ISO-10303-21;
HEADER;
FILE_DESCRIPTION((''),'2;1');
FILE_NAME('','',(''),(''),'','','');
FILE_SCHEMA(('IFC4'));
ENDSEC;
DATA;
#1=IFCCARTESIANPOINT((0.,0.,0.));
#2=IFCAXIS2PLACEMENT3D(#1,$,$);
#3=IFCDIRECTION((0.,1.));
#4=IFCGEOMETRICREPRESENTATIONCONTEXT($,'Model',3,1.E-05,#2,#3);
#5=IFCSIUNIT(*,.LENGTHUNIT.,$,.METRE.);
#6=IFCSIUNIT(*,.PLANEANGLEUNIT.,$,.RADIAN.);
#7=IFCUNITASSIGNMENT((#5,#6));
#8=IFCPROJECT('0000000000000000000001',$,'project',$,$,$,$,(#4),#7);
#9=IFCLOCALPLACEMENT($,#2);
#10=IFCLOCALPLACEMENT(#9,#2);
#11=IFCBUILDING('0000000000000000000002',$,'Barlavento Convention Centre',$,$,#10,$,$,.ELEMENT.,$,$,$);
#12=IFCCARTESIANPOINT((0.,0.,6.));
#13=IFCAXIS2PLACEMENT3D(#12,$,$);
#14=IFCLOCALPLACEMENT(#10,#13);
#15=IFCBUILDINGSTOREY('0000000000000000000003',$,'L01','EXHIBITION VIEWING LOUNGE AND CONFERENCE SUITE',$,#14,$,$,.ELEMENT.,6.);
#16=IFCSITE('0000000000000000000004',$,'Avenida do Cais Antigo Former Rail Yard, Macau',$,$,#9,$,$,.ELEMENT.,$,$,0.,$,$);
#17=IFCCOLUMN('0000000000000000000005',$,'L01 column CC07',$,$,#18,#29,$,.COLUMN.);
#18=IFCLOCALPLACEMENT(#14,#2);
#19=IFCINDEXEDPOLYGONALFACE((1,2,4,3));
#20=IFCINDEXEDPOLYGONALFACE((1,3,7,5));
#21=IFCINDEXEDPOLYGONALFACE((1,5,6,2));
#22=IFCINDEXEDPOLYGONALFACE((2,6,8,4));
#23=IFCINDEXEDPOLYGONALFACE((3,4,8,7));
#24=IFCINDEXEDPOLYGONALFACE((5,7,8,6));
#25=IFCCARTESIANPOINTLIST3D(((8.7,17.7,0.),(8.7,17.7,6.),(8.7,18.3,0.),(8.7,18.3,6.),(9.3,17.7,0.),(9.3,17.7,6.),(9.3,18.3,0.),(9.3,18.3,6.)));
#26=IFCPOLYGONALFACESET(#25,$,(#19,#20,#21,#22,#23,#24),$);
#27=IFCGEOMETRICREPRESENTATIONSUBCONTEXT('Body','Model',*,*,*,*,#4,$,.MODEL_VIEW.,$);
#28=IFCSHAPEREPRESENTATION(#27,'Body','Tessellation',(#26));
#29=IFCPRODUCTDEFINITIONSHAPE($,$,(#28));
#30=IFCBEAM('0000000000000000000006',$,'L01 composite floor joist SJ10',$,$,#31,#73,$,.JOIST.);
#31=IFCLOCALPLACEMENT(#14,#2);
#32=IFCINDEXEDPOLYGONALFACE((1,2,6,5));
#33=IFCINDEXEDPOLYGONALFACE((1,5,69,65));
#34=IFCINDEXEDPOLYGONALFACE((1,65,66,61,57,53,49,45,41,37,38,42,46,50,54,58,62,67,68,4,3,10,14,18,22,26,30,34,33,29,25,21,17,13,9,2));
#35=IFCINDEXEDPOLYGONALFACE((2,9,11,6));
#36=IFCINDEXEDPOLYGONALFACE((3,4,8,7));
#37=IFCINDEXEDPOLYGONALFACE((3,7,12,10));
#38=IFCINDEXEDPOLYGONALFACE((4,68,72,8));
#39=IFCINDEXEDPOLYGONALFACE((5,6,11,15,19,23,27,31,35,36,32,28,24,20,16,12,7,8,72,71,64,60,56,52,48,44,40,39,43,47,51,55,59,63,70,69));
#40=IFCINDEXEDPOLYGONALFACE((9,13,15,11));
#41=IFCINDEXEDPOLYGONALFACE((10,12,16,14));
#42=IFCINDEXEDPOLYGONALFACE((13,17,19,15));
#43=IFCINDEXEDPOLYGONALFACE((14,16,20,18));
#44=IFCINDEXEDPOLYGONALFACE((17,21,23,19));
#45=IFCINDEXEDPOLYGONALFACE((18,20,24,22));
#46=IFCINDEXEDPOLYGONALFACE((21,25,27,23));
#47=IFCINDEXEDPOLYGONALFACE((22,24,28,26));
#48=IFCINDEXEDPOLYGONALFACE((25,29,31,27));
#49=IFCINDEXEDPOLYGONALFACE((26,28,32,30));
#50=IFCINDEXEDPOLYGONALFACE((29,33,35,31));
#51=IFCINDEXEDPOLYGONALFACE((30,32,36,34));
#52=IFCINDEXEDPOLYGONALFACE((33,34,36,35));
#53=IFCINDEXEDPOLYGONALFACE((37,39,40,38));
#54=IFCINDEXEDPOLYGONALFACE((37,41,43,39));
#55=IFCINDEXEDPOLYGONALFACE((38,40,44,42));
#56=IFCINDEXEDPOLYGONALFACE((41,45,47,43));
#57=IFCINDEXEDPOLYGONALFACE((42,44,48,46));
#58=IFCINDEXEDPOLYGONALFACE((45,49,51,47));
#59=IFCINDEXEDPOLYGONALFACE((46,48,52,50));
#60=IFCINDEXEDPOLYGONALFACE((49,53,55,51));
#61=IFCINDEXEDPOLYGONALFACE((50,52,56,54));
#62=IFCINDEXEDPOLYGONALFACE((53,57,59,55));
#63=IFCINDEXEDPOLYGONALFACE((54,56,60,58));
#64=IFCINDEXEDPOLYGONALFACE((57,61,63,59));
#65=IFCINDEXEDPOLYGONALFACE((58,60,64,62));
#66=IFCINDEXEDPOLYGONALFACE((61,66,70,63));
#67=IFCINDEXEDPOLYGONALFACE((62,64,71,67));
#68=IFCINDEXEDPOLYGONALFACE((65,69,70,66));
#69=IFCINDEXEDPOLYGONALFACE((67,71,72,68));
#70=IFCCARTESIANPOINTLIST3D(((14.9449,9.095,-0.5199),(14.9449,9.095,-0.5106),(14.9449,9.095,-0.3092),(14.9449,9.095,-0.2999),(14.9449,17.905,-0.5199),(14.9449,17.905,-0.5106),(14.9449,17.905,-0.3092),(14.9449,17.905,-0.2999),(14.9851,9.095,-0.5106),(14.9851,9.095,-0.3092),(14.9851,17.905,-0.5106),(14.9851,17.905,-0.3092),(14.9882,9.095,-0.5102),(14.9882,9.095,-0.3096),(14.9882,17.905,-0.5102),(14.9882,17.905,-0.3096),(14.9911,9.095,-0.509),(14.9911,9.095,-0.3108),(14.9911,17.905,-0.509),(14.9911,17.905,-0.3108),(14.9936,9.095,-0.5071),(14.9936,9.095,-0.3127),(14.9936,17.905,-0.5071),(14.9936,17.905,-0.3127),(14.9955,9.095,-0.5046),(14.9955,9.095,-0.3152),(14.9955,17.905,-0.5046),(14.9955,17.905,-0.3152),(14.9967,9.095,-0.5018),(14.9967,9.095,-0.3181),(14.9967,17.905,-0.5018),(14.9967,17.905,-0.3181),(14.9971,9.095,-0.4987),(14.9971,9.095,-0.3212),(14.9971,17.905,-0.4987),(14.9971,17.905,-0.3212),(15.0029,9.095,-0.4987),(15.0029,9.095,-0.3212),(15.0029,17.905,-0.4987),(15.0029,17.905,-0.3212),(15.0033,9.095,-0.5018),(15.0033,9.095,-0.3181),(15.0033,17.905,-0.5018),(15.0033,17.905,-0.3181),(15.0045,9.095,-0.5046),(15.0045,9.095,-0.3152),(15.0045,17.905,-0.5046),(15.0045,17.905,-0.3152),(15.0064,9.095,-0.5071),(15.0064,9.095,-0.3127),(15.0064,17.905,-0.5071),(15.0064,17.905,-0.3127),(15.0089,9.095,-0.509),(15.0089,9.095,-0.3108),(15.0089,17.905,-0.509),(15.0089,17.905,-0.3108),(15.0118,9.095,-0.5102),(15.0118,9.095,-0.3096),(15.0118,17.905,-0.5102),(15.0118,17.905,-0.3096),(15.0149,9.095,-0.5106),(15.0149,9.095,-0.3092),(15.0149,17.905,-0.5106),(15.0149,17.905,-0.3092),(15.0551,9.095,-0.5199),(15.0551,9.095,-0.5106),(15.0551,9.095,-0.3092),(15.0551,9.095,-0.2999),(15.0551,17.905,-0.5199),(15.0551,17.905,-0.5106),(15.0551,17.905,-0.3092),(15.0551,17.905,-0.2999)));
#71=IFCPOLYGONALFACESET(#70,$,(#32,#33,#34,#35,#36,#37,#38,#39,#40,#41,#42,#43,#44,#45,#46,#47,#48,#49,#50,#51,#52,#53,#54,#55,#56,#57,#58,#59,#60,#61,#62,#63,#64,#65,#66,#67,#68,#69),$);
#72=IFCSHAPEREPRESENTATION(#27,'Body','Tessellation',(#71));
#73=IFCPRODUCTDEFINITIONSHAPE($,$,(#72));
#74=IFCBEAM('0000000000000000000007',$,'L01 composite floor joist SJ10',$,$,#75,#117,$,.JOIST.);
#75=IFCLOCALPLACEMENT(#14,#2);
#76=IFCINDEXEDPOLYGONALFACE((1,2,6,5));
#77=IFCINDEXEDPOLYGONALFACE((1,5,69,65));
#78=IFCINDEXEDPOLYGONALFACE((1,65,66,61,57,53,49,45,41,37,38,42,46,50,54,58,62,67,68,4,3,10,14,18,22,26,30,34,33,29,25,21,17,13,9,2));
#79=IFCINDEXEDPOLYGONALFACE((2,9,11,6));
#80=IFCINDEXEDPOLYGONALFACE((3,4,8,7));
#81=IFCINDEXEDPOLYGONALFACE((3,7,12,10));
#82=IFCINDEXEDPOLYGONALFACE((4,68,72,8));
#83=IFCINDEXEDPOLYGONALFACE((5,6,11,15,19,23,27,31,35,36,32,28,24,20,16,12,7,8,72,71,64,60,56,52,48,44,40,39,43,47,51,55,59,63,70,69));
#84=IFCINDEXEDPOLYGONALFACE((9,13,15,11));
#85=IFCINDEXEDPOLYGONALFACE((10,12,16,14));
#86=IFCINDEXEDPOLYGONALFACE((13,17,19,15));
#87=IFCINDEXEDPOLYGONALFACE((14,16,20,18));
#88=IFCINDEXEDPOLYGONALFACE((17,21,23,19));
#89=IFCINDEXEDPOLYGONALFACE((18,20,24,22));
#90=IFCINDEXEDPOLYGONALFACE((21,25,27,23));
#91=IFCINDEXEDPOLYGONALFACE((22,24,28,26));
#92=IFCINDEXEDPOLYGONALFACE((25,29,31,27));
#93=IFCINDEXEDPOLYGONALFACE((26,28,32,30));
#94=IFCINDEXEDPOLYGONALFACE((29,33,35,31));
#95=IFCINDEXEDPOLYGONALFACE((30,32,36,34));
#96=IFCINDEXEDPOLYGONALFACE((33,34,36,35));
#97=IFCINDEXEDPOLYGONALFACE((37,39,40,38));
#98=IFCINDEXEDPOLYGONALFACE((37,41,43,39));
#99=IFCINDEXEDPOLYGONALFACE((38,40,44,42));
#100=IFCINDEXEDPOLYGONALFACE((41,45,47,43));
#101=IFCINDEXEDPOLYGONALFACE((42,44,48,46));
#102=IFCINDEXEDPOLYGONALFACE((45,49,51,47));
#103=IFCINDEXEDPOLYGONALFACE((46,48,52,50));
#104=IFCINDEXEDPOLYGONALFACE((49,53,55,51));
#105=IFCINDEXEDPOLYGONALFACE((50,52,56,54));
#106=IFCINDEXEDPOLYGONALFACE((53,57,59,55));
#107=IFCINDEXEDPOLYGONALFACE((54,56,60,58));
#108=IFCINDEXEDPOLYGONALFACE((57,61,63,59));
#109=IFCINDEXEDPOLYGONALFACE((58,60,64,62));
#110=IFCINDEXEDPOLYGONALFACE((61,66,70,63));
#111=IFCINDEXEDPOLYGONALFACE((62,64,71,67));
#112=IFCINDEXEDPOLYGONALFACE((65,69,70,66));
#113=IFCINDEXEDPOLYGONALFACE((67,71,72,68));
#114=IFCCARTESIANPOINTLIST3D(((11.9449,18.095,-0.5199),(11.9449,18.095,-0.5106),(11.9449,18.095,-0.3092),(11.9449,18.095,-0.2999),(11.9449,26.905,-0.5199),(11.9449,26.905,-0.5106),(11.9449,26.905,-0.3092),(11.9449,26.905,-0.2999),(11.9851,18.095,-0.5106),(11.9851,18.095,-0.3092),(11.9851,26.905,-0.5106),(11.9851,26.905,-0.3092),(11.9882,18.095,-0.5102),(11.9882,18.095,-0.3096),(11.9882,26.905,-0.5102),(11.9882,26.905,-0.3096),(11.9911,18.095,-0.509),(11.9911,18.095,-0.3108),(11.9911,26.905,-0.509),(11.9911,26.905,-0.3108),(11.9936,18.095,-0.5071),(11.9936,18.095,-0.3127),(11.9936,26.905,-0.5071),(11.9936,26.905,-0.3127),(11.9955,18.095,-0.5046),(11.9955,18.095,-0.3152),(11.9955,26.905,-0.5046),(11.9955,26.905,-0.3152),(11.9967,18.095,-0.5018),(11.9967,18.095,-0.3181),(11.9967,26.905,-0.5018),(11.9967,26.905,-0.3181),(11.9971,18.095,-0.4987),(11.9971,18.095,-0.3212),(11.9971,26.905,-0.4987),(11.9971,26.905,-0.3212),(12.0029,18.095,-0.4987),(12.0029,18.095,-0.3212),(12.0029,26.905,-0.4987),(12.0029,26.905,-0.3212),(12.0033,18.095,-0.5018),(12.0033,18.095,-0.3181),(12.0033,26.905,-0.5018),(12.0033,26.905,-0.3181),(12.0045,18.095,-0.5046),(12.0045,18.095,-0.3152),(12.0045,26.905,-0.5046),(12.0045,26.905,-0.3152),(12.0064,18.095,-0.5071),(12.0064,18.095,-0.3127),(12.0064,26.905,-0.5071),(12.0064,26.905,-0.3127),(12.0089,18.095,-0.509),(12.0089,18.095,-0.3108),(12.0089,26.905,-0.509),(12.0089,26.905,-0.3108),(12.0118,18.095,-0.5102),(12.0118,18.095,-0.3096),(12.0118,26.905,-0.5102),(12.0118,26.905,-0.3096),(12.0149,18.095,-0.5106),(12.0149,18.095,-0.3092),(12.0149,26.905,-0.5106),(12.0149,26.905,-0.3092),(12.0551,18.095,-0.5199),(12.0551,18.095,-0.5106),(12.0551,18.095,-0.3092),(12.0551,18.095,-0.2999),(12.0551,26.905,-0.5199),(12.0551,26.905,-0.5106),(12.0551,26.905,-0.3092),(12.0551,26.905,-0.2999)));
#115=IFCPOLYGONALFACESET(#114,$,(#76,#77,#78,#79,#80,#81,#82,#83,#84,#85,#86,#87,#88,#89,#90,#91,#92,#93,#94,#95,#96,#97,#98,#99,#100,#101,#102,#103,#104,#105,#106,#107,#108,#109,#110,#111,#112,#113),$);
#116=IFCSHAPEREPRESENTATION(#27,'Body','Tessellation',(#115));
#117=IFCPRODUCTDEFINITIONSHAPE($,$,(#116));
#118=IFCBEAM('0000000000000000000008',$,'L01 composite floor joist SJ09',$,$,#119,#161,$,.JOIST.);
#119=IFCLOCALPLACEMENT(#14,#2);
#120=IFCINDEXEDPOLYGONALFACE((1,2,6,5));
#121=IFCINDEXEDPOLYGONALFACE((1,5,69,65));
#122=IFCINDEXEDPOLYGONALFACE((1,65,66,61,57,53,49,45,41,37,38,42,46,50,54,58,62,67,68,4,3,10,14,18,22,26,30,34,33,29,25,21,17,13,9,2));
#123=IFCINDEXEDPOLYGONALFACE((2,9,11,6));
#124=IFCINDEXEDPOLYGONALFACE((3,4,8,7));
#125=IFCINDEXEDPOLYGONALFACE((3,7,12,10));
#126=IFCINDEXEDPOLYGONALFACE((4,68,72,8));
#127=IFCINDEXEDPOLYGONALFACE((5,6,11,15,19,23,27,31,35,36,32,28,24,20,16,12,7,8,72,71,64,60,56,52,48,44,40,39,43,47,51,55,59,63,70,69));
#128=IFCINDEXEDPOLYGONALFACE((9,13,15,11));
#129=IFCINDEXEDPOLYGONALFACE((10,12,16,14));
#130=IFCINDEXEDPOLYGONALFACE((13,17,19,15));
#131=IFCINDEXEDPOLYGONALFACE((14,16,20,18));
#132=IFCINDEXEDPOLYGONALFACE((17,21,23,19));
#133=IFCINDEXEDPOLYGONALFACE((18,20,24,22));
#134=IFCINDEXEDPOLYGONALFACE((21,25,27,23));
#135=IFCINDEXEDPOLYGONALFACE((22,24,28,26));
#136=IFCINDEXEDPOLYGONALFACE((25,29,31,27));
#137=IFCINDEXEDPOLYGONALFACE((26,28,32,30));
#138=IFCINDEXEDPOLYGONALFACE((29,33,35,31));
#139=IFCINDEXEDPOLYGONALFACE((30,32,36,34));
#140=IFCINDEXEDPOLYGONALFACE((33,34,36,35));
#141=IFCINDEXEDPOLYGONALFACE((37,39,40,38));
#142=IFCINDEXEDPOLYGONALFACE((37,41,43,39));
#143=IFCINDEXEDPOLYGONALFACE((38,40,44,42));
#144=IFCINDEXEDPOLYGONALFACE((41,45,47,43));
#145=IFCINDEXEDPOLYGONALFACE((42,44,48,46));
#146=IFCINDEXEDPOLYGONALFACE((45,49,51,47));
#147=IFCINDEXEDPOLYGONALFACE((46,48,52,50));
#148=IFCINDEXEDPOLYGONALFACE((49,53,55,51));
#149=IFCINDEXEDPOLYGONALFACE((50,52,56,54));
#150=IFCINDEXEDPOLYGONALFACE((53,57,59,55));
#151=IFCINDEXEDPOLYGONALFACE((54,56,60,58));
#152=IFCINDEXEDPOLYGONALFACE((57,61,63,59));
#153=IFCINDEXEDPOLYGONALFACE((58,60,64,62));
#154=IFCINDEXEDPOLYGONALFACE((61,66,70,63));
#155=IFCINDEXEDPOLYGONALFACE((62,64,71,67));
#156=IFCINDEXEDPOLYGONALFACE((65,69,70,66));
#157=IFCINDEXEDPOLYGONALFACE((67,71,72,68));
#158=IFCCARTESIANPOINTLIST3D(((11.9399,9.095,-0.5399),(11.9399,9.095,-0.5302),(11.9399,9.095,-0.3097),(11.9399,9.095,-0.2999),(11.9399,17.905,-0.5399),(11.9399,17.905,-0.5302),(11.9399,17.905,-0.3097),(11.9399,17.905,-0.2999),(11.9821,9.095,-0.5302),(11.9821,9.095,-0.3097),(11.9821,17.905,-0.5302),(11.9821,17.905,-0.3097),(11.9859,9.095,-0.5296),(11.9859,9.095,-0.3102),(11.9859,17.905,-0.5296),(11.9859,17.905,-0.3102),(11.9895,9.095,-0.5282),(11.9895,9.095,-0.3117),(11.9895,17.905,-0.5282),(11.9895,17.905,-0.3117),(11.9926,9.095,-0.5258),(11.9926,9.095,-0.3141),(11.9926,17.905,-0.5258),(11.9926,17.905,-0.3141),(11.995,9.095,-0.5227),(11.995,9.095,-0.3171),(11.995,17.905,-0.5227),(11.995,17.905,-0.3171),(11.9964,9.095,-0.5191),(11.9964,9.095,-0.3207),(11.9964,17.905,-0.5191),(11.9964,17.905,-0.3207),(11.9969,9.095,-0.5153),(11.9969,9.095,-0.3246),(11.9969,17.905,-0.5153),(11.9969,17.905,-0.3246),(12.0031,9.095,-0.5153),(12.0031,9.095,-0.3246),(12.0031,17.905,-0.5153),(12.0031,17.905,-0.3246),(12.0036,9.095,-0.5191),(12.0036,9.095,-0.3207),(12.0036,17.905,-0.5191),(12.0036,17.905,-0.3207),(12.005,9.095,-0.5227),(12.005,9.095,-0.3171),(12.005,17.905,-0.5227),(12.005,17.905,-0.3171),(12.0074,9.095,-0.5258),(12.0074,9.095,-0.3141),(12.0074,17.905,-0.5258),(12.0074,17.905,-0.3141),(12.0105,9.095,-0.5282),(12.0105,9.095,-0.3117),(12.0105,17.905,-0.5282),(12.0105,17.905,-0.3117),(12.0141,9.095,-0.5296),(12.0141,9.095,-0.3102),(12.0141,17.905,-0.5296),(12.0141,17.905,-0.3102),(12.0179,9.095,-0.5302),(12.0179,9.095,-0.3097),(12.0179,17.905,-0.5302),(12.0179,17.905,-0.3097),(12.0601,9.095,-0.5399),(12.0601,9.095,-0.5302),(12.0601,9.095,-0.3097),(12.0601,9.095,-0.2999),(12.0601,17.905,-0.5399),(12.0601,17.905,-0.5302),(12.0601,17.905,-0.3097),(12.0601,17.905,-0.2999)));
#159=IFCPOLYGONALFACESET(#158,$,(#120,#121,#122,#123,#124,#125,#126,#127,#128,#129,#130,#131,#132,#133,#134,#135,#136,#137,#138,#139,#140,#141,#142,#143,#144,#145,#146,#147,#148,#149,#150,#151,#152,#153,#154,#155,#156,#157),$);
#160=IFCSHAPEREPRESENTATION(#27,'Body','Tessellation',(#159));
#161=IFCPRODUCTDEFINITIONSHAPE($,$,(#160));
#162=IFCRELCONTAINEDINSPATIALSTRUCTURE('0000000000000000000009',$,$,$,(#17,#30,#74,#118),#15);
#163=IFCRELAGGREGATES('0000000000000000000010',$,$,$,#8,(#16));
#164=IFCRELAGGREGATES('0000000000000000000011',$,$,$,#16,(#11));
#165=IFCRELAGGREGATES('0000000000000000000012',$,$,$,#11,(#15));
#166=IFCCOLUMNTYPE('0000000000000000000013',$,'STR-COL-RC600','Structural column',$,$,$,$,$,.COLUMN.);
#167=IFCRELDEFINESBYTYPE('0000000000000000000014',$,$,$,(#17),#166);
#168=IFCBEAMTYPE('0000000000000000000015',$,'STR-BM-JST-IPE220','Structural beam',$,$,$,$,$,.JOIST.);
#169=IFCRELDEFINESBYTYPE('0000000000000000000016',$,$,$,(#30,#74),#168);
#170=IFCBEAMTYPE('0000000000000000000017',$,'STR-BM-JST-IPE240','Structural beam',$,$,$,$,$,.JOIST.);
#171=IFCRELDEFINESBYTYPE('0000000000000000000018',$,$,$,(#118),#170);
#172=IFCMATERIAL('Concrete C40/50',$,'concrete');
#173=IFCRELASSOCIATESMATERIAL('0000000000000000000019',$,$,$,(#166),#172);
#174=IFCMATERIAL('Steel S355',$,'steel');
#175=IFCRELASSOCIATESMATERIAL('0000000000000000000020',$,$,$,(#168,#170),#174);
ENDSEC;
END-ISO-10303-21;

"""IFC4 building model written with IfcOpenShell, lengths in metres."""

from ifc_helpers import new_model, si_unit, direction, frame, origin, origin_2d, place, context, subcontext, project, spatial, rectangle, i_section, extrude, material, material_profile, profile_set, type_object, element, save


model = new_model("IFC4")

# Units and contexts
model_context = context("Model", 3, precision=1e-05, world=origin(), true_north=direction((0.0, 1.0)))
body_context = subcontext(model_context, "Body", "Model", "MODEL_VIEW")
ifc_project = project(units=[si_unit("LENGTHUNIT", "METRE"), si_unit("PLANEANGLEUNIT", "RADIAN")], contexts=[model_context])

# Site, building, storey
site_placement = place(None, origin())
site = spatial("IfcSite", under=ifc_project, at=site_placement, Name="Avenida do Cais Antigo Former Rail Yard, Macau", CompositionType="ELEMENT", RefElevation=0.0)
building_placement = place(site_placement, origin())
building = spatial("IfcBuilding", under=site, at=building_placement, Name="Barlavento Convention Centre", CompositionType="ELEMENT")
storey_placement = place(building_placement, frame((0.0, 0.0, 6.0)))
storey = spatial("IfcBuildingStorey", under=building, at=storey_placement, Name="L01", Description="EXHIBITION VIEWING LOUNGE AND CONFERENCE SUITE", CompositionType="ELEMENT", Elevation=6.0)

# Column
ifc_material_1 = material(Name="Concrete C40/50", Category="concrete")
ifc_material_profile_1 = material_profile(ifc_material_1, rectangle(XDim=0.6001, YDim=0.6001, at=origin_2d()), Name="RC 600x600")
ifc_profile_set_1 = profile_set([ifc_material_profile_1], Name="Concrete C40/50")
column_type = type_object("IfcColumnType", Name="STR-COL-RC600", Description="Structural column", PredefinedType="COLUMN", material=ifc_profile_set_1)
column_placement = place(storey_placement, frame((9.0, 18.0, 0.0), z_axis=(0.0, 0.0, 1.0), x_axis=(1.0, 0.0, 0.0)))
element("IfcColumn", 1, at=column_placement, inside=storey, type_object=column_type, Name="L01 column CC07", PredefinedType="COLUMN", context=body_context, shape_type="SweptSolid", body=[
    extrude(rectangle(XDim=0.6001, YDim=0.6001, at=origin_2d()), origin(), (0.0, 0.0, 1.0), 6.0),
])

# Beams
ifc_material_2 = material(Name="Steel S355", Category="steel")
ifc_material_profile_2 = material_profile(ifc_material_2, i_section(OverallWidth=0.1101, OverallDepth=0.22, WebThickness=0.0059, FlangeThickness=0.0093, FilletRadius=0.012, at=origin_2d()), Name="IPE 220")
ifc_profile_set_2 = profile_set([ifc_material_profile_2], Name="Steel S355")
beam_type_1 = type_object("IfcBeamType", Name="STR-BM-JST-IPE220", Description="Structural beam", PredefinedType="JOIST", material=ifc_profile_set_2)
for number, where, z_axis, x_axis, name in (
    (2, (15.0, 9.095, -0.4099), (0.0, 1.0, 0.0), (-1.0, 0.0, 0.0), "L01 composite floor joist SJ10"),
    (3, (12.0, 18.095, -0.4099), (0.0, 1.0, 0.0), (-1.0, 0.0, 0.0), "L01 composite floor joist SJ10"),
):
    element("IfcBeam", number, at=place(storey_placement, frame(where, z_axis=z_axis, x_axis=x_axis)), inside=storey, type_object=beam_type_1, Name=name, PredefinedType="JOIST", context=body_context, shape_type="SweptSolid", body=[
        extrude(i_section(OverallWidth=0.1101, OverallDepth=0.22, WebThickness=0.0059, FlangeThickness=0.0093, FilletRadius=0.012, at=origin_2d()), origin(), (0.0, 0.0, 1.0), 8.8101),
    ])
ifc_material_profile_3 = material_profile(ifc_material_2, i_section(OverallWidth=0.1201, OverallDepth=0.24, WebThickness=0.0061, FlangeThickness=0.0098, FilletRadius=0.0149, at=origin_2d()), Name="IPE 240")
ifc_profile_set_3 = profile_set([ifc_material_profile_3], Name="Steel S355")
beam_type_2 = type_object("IfcBeamType", Name="STR-BM-JST-IPE240", Description="Structural beam", PredefinedType="JOIST", material=ifc_profile_set_3)
beam_1_placement = place(storey_placement, frame((12.0, 9.095, -0.4199), z_axis=(0.0, 1.0, 0.0), x_axis=(-1.0, 0.0, 0.0)))
element("IfcBeam", 4, at=beam_1_placement, inside=storey, type_object=beam_type_2, Name="L01 composite floor joist SJ09", PredefinedType="JOIST", context=body_context, shape_type="SweptSolid", body=[
    extrude(i_section(OverallWidth=0.1201, OverallDepth=0.24, WebThickness=0.0061, FlangeThickness=0.0098, FilletRadius=0.0149, at=origin_2d()), origin(), (0.0, 0.0, 1.0), 8.8101),
])

save(model, "model.ifc")
